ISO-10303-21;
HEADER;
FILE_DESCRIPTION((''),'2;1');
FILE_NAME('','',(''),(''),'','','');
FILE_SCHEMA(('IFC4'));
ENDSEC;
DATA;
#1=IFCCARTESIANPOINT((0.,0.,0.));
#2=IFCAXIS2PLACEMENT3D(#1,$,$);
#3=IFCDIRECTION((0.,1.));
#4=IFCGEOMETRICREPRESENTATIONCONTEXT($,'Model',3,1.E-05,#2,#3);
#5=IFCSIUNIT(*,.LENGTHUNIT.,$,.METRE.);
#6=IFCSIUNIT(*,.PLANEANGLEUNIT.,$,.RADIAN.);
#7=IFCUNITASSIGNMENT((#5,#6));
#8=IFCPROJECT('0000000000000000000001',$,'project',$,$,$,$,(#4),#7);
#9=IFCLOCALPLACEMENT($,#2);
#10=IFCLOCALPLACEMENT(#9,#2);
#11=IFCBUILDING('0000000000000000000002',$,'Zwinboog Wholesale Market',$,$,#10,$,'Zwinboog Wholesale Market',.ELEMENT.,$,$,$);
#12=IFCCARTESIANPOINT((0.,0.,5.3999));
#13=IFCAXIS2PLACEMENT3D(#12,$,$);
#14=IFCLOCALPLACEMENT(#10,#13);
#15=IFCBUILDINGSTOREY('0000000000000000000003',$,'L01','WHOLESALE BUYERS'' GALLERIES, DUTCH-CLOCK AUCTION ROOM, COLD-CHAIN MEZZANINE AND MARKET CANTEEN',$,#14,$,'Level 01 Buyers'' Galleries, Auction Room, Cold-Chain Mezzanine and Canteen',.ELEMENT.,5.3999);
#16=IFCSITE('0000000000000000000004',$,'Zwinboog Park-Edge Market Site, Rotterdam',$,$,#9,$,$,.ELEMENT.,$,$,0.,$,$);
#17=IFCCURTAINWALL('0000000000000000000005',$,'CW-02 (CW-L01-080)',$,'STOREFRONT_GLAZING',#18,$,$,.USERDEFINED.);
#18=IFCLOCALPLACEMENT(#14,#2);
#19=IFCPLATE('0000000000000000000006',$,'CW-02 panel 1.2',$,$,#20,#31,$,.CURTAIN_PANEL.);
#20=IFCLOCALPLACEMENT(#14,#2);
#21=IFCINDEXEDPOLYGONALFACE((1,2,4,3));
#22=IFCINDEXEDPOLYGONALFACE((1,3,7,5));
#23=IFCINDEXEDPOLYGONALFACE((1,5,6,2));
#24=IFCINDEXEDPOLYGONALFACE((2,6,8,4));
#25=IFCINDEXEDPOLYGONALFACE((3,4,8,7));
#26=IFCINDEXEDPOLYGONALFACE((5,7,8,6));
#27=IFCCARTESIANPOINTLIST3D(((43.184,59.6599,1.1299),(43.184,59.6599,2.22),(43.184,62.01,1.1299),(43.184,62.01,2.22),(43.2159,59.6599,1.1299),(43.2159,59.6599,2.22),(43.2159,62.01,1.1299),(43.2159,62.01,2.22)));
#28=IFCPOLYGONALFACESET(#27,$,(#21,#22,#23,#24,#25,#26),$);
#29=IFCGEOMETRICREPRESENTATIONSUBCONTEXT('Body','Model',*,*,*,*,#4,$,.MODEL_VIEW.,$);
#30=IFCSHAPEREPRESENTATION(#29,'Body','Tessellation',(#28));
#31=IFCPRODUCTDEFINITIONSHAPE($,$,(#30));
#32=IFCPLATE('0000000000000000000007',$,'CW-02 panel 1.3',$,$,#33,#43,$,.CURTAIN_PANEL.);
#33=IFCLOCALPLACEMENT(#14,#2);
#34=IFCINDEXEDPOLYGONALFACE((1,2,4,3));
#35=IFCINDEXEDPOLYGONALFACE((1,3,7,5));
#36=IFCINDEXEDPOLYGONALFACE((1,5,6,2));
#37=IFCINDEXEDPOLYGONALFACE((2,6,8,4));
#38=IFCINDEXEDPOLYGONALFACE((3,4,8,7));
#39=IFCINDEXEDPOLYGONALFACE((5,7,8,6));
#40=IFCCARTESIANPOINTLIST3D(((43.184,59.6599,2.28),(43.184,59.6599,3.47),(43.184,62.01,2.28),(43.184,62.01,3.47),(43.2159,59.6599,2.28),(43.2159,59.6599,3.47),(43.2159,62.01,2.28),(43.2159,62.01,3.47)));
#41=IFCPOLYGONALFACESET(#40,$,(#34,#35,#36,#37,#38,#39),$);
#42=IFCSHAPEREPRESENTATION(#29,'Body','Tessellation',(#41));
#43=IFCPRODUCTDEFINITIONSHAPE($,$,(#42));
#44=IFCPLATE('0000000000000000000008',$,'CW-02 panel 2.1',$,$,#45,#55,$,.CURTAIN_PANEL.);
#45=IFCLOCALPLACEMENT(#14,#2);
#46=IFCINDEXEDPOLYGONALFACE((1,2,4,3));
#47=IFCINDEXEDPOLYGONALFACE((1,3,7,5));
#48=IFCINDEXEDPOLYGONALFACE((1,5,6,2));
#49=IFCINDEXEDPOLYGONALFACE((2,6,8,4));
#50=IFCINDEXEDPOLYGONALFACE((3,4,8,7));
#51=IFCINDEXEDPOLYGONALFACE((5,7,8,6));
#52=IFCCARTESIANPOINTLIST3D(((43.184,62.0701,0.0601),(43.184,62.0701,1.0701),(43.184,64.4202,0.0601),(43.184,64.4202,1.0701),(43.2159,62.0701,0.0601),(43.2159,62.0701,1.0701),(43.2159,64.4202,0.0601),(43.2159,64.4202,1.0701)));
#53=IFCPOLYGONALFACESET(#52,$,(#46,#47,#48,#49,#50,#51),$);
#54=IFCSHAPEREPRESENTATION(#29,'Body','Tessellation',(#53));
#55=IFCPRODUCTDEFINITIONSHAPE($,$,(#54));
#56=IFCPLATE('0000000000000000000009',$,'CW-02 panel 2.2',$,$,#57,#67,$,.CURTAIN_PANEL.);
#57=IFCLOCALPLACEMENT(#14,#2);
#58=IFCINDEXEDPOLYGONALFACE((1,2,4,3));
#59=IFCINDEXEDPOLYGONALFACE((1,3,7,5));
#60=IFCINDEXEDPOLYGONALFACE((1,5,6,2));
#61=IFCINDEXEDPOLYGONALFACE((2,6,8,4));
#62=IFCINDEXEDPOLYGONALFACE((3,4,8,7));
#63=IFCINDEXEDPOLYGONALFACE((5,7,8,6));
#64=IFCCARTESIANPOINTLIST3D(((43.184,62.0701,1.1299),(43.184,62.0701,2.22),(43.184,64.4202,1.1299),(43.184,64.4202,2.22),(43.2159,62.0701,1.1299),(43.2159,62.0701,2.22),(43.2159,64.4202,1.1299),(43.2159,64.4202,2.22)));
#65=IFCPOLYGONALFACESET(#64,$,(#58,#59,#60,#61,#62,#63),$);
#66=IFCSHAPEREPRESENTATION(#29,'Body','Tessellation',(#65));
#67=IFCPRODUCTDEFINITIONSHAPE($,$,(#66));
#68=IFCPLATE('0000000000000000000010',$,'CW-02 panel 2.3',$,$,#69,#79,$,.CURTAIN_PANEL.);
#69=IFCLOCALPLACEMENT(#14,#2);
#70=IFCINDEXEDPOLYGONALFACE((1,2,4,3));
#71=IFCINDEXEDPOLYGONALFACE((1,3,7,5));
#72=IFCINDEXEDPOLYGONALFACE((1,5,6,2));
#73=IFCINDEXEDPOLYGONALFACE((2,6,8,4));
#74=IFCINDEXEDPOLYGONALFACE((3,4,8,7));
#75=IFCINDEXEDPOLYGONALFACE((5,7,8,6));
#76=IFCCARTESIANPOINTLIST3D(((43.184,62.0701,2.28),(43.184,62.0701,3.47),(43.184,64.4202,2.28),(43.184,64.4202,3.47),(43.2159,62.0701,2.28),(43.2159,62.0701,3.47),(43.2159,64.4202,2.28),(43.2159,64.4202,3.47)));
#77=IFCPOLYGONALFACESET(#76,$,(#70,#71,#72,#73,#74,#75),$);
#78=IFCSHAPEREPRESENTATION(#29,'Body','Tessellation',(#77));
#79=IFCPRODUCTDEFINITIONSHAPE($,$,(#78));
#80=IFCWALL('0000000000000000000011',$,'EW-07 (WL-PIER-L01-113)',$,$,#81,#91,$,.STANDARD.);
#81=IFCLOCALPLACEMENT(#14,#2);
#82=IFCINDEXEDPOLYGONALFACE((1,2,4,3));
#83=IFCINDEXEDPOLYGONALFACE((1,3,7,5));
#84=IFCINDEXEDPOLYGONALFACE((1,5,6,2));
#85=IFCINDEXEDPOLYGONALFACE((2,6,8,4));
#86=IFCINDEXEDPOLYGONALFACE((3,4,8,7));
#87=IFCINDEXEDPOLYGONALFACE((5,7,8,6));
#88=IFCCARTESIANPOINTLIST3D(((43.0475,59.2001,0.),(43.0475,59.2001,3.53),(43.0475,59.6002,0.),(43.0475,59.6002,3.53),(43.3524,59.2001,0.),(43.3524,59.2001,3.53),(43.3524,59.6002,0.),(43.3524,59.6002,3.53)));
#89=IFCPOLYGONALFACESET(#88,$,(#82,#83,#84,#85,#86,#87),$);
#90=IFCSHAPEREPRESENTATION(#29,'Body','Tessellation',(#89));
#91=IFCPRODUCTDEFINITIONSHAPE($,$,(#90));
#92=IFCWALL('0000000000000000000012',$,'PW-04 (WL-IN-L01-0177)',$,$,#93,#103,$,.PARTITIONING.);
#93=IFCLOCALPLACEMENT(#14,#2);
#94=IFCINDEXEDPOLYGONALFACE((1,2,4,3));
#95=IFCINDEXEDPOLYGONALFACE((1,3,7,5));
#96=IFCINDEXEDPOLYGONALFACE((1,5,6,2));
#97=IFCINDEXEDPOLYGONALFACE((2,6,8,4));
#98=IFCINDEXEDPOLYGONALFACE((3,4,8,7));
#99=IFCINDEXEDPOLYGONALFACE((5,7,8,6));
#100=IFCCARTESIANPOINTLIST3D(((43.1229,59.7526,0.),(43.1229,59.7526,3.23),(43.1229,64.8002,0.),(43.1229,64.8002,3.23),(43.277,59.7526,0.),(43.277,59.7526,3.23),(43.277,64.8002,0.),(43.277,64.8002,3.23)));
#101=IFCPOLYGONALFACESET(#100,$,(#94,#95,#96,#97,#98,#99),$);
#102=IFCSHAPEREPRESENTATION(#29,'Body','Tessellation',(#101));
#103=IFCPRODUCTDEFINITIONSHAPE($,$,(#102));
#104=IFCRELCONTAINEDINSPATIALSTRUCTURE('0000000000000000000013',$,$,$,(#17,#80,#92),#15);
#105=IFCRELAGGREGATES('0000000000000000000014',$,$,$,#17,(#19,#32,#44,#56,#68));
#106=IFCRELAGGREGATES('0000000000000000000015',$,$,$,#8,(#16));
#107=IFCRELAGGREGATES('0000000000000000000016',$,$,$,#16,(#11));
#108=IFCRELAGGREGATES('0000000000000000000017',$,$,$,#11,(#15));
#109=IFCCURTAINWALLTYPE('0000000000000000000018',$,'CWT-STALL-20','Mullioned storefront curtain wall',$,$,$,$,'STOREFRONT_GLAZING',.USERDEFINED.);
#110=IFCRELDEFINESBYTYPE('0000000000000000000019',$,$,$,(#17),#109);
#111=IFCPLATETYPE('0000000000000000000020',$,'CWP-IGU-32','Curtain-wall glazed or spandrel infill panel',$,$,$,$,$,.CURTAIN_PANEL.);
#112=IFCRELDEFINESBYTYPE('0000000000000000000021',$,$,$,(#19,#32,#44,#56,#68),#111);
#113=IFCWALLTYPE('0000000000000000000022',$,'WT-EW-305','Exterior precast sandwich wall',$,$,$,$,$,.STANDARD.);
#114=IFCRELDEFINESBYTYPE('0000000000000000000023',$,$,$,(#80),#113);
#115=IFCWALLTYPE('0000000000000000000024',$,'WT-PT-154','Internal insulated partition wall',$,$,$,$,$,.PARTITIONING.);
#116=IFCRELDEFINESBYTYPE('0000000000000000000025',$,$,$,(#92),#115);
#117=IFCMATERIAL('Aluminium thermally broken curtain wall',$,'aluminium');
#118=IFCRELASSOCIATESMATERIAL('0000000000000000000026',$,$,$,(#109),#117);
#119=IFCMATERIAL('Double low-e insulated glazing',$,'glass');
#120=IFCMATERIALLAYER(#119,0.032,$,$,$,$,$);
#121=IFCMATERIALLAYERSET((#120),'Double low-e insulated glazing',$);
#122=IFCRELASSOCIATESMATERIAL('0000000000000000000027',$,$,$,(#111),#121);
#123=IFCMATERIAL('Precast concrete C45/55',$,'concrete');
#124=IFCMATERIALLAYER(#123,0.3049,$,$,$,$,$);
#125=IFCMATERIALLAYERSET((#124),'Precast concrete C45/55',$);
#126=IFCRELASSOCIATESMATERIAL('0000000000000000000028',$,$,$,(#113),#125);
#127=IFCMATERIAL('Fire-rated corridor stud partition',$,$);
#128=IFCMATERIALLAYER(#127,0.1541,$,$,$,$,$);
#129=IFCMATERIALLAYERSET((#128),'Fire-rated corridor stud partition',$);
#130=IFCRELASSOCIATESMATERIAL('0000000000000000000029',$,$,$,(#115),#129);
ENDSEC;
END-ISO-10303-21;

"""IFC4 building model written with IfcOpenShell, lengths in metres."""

from ifc_helpers import new_model, si_unit, direction, frame, frame_2d, origin, origin_2d, place, context, subcontext, project, spatial, rectangle, extrude, material, layer, layer_set, type_object, element, aggregate, save


model = new_model("IFC4")

# Units and contexts
model_context = context("Model", 3, precision=1e-05, world=origin(), true_north=direction((0.0, 1.0)))
body_context = subcontext(model_context, "Body", "Model", "MODEL_VIEW")
ifc_project = project(units=[si_unit("LENGTHUNIT", "METRE"), si_unit("PLANEANGLEUNIT", "RADIAN")], contexts=[model_context])

# Site, building, storey
site_placement = place(None, origin())
site = spatial("IfcSite", under=ifc_project, at=site_placement, Name="Zwinboog Park-Edge Market Site, Rotterdam", CompositionType="ELEMENT", RefElevation=0.0)
building_placement = place(site_placement, origin())
building = spatial("IfcBuilding", under=site, at=building_placement, Name="Zwinboog Wholesale Market", LongName="Zwinboog Wholesale Market", CompositionType="ELEMENT")
storey_placement = place(building_placement, frame((0.0, 0.0, 5.3999)))
storey = spatial("IfcBuildingStorey", under=building, at=storey_placement, Name="L01", Description="WHOLESALE BUYERS' GALLERIES, DUTCH-CLOCK AUCTION ROOM, COLD-CHAIN MEZZANINE AND MARKET CANTEEN", LongName="Level 01 Buyers' Galleries, Auction Room, Cold-Chain Mezzanine and Canteen", CompositionType="ELEMENT", Elevation=5.3999)

# Shared definitions
ifc_material_1 = material(Name="Aluminium thermally broken curtain wall", Category="aluminium")

# Curtain wall
curtain_wall_type_1 = type_object("IfcCurtainWallType", Name="CWT-STALL-20", Description="Mullioned storefront curtain wall", ElementType="STOREFRONT_GLAZING", PredefinedType="USERDEFINED", material=ifc_material_1)
curtain_wall_1_placement = place(storey_placement, origin())
curtain_wall_1 = element("IfcCurtainWall", 1, at=curtain_wall_1_placement, inside=storey, type_object=curtain_wall_type_1, Name="CW-02 (CW-L01-080)", ObjectType="STOREFRONT_GLAZING", PredefinedType="USERDEFINED")

# Plates
ifc_material_2 = material(Name="Double low-e insulated glazing", Category="glass")
ifc_layer_1 = layer(ifc_material_2, 0.032)
ifc_layer_set_1 = layer_set([ifc_layer_1], Name="Double low-e insulated glazing")
plate_type = type_object("IfcPlateType", Name="CWP-IGU-32", Description="Curtain-wall glazed or spandrel infill panel", PredefinedType="CURTAIN_PANEL", material=ifc_layer_set_1)
plate_1_placement = place(storey_placement, frame((43.2, 60.835, 1.1299), z_axis=(0.0, 0.0, 1.0), x_axis=(0.0, 1.0, 0.0)))
plate_1 = element("IfcPlate", 2, at=plate_1_placement, type_object=plate_type, Name="CW-02 panel 1.2", PredefinedType="CURTAIN_PANEL", context=body_context, shape_type="SweptSolid", body=[
    extrude(rectangle(XDim=2.3501, YDim=0.032, at=origin_2d()), origin(), (0.0, 0.0, 1.0), 1.0901),
])
plate_2_placement = place(storey_placement, frame((43.2, 60.835, 2.28), z_axis=(0.0, 0.0, 1.0), x_axis=(0.0, 1.0, 0.0)))
plate_2 = element("IfcPlate", 3, at=plate_2_placement, type_object=plate_type, Name="CW-02 panel 1.3", PredefinedType="CURTAIN_PANEL", context=body_context, shape_type="SweptSolid", body=[
    extrude(rectangle(XDim=2.3501, YDim=0.032, at=origin_2d()), origin(), (0.0, 0.0, 1.0), 1.1899),
])
plate_3_placement = place(storey_placement, frame((43.2, 63.2451, 0.0601), z_axis=(0.0, 0.0, 1.0), x_axis=(0.0, 1.0, 0.0)))
plate_3 = element("IfcPlate", 4, at=plate_3_placement, type_object=plate_type, Name="CW-02 panel 2.1", PredefinedType="CURTAIN_PANEL", context=body_context, shape_type="SweptSolid", body=[
    extrude(rectangle(XDim=2.3501, YDim=0.032, at=origin_2d()), origin(), (0.0, 0.0, 1.0), 1.01),
])
plate_4_placement = place(storey_placement, frame((43.2, 63.2451, 1.1299), z_axis=(0.0, 0.0, 1.0), x_axis=(0.0, 1.0, 0.0)))
plate_4 = element("IfcPlate", 5, at=plate_4_placement, type_object=plate_type, Name="CW-02 panel 2.2", PredefinedType="CURTAIN_PANEL", context=body_context, shape_type="SweptSolid", body=[
    extrude(rectangle(XDim=2.3501, YDim=0.032, at=origin_2d()), origin(), (0.0, 0.0, 1.0), 1.0901),
])
plate_5_placement = place(storey_placement, frame((43.2, 63.2451, 2.28), z_axis=(0.0, 0.0, 1.0), x_axis=(0.0, 1.0, 0.0)))
plate_5 = element("IfcPlate", 6, at=plate_5_placement, type_object=plate_type, Name="CW-02 panel 2.3", PredefinedType="CURTAIN_PANEL", context=body_context, shape_type="SweptSolid", body=[
    extrude(rectangle(XDim=2.3501, YDim=0.032, at=origin_2d()), origin(), (0.0, 0.0, 1.0), 1.1899),
])
aggregate(curtain_wall_1, [plate_1, plate_2, plate_3, plate_4, plate_5])

# Walls
ifc_material_3 = material(Name="Precast concrete C45/55", Category="concrete")
ifc_layer_2 = layer(ifc_material_3, 0.3049)
ifc_layer_set_2 = layer_set([ifc_layer_2], Name="Precast concrete C45/55")
wall_type_1 = type_object("IfcWallType", Name="WT-EW-305", Description="Exterior precast sandwich wall", PredefinedType="STANDARD", material=ifc_layer_set_2)
wall_1_placement = place(storey_placement, frame((43.2, 59.2, 0.0), z_axis=(0.0, 0.0, 1.0), x_axis=(0.0, 1.0, 0.0)))
element("IfcWall", 7, at=wall_1_placement, inside=storey, type_object=wall_type_1, Name="EW-07 (WL-PIER-L01-113)", PredefinedType="STANDARD", context=body_context, shape_type="SweptSolid", body=[
    extrude(rectangle(XDim=0.4001, YDim=0.3049, at=frame_2d((0.2002, 0.0))), origin(), (0.0, 0.0, 1.0), 3.53),
])
ifc_material_4 = material(Name="Fire-rated corridor stud partition")
ifc_layer_3 = layer(ifc_material_4, 0.1541)
ifc_layer_set_3 = layer_set([ifc_layer_3], Name="Fire-rated corridor stud partition")
wall_type_2 = type_object("IfcWallType", Name="WT-PT-154", Description="Internal insulated partition wall", PredefinedType="PARTITIONING", material=ifc_layer_set_3)
wall_2_placement = place(storey_placement, frame((43.2, 59.7524, 0.0), z_axis=(0.0, 0.0, 1.0), x_axis=(0.0, 1.0, 0.0)))
element("IfcWall", 8, at=wall_2_placement, inside=storey, type_object=wall_type_2, Name="PW-04 (WL-IN-L01-0177)", PredefinedType="PARTITIONING", context=body_context, shape_type="SweptSolid", body=[
    extrude(rectangle(XDim=5.0476, YDim=0.1541, at=frame_2d((2.5239, 0.0))), origin(), (0.0, 0.0, 1.0), 3.23),
])

save(model, "model.ifc")
